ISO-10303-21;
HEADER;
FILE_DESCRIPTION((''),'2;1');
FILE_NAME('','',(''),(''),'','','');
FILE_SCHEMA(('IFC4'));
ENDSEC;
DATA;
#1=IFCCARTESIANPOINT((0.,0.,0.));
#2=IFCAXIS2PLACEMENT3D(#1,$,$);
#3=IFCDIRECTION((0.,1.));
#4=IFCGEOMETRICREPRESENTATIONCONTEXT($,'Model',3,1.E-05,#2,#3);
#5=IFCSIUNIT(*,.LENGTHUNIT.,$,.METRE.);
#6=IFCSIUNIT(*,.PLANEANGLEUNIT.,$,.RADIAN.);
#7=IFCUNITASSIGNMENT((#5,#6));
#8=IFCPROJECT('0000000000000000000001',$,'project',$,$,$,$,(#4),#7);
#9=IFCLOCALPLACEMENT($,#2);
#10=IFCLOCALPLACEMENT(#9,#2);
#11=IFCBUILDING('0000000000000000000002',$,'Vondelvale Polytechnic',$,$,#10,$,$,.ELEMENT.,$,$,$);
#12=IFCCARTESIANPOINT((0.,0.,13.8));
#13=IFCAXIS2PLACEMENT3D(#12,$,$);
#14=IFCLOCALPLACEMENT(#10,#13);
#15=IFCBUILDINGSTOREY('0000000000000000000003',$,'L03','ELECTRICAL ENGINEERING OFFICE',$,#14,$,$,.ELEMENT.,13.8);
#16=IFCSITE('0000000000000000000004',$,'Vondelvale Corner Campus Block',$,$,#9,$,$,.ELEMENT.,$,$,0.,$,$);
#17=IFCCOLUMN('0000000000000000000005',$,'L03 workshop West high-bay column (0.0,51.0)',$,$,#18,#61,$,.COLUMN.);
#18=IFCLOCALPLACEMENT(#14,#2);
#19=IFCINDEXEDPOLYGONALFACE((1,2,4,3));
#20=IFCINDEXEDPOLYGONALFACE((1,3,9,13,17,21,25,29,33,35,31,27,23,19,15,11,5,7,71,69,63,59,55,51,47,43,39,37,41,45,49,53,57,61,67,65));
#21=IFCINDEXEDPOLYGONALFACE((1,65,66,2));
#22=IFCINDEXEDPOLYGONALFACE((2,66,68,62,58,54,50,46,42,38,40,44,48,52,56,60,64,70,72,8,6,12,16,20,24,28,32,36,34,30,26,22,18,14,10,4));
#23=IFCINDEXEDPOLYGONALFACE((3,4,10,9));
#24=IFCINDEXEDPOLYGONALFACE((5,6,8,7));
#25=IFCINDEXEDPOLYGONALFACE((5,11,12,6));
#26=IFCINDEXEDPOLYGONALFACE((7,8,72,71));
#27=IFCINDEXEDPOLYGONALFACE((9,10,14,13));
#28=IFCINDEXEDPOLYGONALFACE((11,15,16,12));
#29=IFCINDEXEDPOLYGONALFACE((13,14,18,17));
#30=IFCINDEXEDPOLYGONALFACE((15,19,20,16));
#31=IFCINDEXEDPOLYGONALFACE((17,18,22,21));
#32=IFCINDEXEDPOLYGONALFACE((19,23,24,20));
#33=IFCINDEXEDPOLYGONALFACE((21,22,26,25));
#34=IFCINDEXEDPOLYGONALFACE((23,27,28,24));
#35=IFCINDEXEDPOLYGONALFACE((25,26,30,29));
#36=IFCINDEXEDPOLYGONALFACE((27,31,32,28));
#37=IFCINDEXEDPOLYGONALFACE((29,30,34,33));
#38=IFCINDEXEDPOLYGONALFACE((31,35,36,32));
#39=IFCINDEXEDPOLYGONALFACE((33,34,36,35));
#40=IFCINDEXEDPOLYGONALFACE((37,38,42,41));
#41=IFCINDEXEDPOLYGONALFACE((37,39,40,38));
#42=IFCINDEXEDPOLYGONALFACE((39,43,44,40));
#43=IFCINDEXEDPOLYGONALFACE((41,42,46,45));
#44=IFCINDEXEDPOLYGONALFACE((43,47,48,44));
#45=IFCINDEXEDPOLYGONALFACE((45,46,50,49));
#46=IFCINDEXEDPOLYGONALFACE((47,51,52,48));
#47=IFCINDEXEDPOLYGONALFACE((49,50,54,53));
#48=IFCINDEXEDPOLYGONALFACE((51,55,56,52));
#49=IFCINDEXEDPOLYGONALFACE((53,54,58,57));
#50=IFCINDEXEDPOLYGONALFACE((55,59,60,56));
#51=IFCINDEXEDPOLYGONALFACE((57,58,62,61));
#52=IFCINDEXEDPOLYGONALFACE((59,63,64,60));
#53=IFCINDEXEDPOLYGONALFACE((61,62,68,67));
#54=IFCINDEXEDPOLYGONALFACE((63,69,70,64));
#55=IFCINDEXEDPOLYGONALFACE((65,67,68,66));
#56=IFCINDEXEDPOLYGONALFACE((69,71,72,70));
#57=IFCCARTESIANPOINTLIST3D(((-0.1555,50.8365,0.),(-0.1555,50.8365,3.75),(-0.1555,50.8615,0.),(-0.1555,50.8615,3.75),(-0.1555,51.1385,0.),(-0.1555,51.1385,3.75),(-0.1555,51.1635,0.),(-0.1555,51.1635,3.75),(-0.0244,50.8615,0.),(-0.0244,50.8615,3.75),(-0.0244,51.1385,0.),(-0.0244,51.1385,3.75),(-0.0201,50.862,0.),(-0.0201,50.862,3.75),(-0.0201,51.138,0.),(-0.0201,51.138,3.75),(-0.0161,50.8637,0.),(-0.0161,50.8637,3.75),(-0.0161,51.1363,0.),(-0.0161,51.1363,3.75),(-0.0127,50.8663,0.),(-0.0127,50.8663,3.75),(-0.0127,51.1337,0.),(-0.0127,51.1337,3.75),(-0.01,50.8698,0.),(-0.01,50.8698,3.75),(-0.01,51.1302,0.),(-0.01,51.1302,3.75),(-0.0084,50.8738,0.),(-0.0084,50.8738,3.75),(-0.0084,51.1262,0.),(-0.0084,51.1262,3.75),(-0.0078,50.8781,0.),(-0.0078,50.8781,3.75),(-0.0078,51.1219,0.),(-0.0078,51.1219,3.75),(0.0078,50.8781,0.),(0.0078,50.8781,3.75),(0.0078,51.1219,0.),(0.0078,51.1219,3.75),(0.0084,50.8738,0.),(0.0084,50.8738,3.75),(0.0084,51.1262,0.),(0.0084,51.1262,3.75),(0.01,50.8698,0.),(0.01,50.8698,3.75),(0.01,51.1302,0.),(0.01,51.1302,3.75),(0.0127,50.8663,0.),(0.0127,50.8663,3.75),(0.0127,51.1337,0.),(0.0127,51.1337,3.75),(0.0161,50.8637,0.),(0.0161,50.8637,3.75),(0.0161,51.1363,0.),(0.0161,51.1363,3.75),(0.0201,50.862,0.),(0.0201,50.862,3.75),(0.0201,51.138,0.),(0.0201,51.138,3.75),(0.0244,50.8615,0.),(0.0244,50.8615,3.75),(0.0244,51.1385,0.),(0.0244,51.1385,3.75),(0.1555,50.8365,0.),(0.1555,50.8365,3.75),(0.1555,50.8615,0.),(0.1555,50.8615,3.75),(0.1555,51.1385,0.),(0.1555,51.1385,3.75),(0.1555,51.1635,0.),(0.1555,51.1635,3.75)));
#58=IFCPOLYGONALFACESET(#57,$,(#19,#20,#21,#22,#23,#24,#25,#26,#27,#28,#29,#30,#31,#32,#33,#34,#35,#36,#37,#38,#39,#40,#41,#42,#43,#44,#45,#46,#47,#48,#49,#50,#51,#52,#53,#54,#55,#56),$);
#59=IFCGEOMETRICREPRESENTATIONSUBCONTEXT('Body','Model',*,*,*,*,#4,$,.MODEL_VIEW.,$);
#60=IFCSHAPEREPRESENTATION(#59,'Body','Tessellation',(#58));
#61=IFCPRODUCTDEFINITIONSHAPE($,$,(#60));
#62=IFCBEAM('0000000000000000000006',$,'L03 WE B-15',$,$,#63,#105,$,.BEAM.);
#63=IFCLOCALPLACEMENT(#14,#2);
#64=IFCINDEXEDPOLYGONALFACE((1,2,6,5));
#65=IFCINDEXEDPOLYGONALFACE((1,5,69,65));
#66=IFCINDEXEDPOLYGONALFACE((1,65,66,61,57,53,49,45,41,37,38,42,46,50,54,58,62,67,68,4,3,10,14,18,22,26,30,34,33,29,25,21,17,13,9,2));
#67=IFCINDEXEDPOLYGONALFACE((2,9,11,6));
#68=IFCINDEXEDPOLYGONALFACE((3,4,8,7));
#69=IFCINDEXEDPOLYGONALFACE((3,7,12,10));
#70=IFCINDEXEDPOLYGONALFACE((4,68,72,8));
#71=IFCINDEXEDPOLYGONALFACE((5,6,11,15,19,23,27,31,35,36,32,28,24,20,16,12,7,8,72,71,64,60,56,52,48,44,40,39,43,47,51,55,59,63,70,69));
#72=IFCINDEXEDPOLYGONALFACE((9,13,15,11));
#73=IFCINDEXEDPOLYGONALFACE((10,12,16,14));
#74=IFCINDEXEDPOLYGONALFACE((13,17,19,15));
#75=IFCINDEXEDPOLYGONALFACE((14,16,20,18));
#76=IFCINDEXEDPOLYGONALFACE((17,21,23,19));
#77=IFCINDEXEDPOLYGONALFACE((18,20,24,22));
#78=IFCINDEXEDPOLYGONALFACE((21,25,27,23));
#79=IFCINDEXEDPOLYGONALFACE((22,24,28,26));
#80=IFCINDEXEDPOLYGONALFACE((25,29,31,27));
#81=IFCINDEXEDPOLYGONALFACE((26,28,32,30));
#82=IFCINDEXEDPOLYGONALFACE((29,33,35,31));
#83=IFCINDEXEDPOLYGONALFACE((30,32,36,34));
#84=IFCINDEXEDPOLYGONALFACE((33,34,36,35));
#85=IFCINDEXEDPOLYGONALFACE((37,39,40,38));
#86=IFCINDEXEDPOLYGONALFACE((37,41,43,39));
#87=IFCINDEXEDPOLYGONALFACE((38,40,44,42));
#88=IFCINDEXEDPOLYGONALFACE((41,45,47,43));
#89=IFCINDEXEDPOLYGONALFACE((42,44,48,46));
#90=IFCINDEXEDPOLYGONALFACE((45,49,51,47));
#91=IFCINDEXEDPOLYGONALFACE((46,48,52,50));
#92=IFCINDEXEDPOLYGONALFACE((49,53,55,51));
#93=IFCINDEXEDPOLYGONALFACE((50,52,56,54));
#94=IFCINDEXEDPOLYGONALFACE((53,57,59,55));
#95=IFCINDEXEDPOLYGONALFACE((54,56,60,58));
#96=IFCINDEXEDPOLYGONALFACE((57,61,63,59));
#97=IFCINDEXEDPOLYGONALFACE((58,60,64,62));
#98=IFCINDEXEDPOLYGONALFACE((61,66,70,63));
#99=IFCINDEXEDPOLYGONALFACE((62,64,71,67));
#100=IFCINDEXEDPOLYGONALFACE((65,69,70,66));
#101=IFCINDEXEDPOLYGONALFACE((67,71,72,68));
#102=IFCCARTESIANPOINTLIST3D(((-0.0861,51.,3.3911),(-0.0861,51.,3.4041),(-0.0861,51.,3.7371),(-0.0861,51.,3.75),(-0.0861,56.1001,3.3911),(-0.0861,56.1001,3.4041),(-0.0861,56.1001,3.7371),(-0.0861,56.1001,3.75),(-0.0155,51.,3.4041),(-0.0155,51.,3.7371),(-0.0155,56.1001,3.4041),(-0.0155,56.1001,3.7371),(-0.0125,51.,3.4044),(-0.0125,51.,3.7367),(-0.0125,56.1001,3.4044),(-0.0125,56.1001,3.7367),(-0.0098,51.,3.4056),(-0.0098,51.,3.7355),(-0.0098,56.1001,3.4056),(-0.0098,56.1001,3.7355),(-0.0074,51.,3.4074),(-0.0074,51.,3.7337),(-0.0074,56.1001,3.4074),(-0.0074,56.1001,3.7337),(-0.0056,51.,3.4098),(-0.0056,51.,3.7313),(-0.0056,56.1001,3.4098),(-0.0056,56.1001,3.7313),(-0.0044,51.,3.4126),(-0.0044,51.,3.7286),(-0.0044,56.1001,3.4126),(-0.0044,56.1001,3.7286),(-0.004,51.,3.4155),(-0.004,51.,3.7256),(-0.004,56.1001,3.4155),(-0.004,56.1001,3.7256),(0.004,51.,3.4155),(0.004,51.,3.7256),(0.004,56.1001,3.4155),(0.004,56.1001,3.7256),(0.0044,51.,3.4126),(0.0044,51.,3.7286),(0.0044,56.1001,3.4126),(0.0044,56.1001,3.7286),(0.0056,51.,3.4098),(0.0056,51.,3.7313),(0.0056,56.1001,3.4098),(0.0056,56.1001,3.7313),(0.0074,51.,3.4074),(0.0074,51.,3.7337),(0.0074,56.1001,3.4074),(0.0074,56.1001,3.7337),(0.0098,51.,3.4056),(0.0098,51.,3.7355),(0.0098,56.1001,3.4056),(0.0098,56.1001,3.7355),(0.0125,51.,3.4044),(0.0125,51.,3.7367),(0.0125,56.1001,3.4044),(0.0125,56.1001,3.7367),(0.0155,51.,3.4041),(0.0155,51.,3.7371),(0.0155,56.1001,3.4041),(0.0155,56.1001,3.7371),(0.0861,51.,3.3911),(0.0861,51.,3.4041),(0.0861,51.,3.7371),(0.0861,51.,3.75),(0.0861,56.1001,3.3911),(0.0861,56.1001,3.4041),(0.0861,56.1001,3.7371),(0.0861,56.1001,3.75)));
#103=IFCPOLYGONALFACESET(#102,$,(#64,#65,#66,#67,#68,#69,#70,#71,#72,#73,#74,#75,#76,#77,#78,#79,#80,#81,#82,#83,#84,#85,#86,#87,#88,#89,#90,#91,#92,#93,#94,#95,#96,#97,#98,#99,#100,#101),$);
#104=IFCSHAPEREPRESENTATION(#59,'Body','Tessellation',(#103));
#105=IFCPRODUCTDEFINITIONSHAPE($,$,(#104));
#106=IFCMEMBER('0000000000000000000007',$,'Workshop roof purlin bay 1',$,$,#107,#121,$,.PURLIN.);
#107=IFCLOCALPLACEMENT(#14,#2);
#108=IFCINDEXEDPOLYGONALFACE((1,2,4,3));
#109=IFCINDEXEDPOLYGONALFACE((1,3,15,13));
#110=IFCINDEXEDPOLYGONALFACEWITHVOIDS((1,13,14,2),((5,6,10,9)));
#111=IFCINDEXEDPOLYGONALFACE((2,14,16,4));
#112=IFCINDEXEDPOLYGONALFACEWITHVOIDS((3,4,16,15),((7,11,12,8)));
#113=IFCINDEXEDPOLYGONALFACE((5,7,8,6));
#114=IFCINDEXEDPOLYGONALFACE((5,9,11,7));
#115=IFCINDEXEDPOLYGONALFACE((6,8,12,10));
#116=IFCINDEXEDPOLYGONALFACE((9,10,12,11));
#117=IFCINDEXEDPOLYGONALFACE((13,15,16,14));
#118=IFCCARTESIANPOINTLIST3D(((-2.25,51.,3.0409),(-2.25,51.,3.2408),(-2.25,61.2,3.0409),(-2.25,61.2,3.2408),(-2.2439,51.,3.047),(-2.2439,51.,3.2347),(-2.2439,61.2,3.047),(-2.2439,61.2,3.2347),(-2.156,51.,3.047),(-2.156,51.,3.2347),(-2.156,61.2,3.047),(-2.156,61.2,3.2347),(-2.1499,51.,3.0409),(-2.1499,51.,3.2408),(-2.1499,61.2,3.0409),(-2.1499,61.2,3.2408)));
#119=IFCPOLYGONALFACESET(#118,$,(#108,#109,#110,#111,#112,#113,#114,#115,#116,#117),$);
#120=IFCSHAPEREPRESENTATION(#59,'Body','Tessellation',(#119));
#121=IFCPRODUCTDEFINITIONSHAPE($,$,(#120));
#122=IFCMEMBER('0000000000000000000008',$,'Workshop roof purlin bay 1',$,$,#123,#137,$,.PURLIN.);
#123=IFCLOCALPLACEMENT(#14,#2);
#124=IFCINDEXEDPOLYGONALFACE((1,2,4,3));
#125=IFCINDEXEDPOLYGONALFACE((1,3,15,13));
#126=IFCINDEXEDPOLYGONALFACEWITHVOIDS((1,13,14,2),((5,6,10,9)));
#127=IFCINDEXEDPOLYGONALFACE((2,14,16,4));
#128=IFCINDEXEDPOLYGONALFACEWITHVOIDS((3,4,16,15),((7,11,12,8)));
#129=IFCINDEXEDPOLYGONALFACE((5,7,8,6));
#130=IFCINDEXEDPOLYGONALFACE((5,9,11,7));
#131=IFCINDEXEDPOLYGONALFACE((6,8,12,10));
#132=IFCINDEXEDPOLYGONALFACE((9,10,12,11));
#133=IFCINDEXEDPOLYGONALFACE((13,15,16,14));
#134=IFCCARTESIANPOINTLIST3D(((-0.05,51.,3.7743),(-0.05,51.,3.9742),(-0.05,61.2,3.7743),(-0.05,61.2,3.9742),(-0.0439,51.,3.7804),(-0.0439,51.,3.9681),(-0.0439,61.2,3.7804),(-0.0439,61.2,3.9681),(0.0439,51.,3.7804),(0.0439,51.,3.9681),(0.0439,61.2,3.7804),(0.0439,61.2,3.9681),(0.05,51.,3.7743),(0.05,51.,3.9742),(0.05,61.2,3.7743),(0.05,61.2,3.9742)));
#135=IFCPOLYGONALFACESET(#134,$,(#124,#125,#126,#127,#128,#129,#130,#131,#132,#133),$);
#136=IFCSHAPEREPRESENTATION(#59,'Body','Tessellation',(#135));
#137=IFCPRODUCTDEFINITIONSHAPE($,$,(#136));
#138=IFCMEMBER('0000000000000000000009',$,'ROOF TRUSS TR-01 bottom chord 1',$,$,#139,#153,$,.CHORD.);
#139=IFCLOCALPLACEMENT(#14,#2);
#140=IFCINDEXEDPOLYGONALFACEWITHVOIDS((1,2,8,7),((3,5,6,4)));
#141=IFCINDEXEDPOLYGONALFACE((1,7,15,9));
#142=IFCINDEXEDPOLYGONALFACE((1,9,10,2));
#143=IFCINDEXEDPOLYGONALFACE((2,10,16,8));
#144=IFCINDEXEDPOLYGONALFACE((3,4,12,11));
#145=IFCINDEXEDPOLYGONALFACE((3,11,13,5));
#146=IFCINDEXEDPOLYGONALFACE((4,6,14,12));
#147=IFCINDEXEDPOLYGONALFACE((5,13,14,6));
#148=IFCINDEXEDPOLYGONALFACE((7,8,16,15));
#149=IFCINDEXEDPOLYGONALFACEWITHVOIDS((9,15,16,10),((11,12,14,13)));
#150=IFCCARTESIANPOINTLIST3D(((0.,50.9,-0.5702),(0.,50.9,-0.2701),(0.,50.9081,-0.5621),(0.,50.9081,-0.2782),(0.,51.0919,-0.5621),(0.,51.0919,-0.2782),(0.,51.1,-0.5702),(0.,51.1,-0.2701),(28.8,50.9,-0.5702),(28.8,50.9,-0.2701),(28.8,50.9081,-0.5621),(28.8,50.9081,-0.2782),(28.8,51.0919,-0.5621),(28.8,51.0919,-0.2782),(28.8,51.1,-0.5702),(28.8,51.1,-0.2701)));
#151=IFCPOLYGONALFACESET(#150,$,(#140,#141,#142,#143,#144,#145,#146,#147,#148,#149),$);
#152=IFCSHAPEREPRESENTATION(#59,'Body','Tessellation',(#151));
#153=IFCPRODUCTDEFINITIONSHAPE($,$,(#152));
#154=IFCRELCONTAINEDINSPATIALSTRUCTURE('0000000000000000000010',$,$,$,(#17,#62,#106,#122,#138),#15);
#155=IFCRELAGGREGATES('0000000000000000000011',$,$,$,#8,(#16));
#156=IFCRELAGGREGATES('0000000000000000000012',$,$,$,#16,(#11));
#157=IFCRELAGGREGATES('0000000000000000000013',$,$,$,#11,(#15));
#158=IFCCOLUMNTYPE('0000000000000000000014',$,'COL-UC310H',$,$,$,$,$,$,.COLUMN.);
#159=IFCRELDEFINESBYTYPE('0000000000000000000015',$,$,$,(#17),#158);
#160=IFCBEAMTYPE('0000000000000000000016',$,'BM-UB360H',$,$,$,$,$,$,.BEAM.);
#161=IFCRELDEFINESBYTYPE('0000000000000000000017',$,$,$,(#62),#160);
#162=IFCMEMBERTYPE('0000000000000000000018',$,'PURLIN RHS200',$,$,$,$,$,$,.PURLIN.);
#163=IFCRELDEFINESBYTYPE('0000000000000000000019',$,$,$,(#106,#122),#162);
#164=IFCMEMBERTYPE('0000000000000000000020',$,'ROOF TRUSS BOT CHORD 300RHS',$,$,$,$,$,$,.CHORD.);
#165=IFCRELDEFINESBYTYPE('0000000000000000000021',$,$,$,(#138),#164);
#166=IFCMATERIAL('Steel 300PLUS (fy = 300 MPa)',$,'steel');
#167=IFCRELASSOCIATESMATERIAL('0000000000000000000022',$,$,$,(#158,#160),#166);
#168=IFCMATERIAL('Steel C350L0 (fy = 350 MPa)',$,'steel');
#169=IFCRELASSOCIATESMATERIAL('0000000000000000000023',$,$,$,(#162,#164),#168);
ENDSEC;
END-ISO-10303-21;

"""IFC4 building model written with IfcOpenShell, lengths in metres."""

from ifc_helpers import new_model, si_unit, direction, frame, origin, origin_2d, place, context, subcontext, project, spatial, hollow_rectangle, i_section, extrude, material, material_profile, profile_set, type_object, element, save


model = new_model("IFC4")

# Units and contexts
model_context = context("Model", 3, precision=1e-05, world=origin(), true_north=direction((0.0, 1.0)))
body_context = subcontext(model_context, "Body", "Model", "MODEL_VIEW")
ifc_project = project(units=[si_unit("LENGTHUNIT", "METRE"), si_unit("PLANEANGLEUNIT", "RADIAN")], contexts=[model_context])

# Site, building, storey
site_placement = place(None, origin())
site = spatial("IfcSite", under=ifc_project, at=site_placement, Name="Vondelvale Corner Campus Block", CompositionType="ELEMENT", RefElevation=0.0)
building_placement = place(site_placement, origin())
building = spatial("IfcBuilding", under=site, at=building_placement, Name="Vondelvale Polytechnic", CompositionType="ELEMENT")
storey_placement = place(building_placement, frame((0.0, 0.0, 13.8)))
storey = spatial("IfcBuildingStorey", under=building, at=storey_placement, Name="L03", Description="ELECTRICAL ENGINEERING OFFICE", CompositionType="ELEMENT", Elevation=13.8)

# Column
ifc_material_1 = material(Name="Steel 300PLUS (fy = 300 MPa)", Category="steel")
ifc_material_profile_1 = material_profile(ifc_material_1, i_section(OverallWidth=0.311, OverallDepth=0.3269, WebThickness=0.0156, FlangeThickness=0.0249, FilletRadius=0.0166, at=origin_2d()), Name="310UC158")
ifc_profile_set_1 = profile_set([ifc_material_profile_1], Name="Steel 300PLUS (fy = 300 MPa)")
column_type = type_object("IfcColumnType", Name="COL-UC310H", PredefinedType="COLUMN", material=ifc_profile_set_1)
column_placement = place(storey_placement, frame((0.0, 51.0, 0.0), z_axis=(0.0, 0.0, 1.0), x_axis=(1.0, 0.0, 0.0)))
element("IfcColumn", 1, at=column_placement, inside=storey, type_object=column_type, Name="L03 workshop West high-bay column (0.0,51.0)", PredefinedType="COLUMN", context=body_context, shape_type="SweptSolid", body=[
    extrude(i_section(OverallWidth=0.311, OverallDepth=0.3269, WebThickness=0.0156, FlangeThickness=0.0249, FilletRadius=0.0166, at=origin_2d()), origin(), (0.0, 0.0, 1.0), 3.75),
])

# Beam
ifc_material_profile_2 = material_profile(ifc_material_1, i_section(OverallWidth=0.1721, OverallDepth=0.3589, WebThickness=0.0081, FlangeThickness=0.0129, FilletRadius=0.0115, at=origin_2d()), Name="360UB56.7")
ifc_profile_set_2 = profile_set([ifc_material_profile_2], Name="Steel 300PLUS (fy = 300 MPa)")
beam_type = type_object("IfcBeamType", Name="BM-UB360H", PredefinedType="BEAM", material=ifc_profile_set_2)
beam_placement = place(storey_placement, frame((0.0, 51.0, 3.5706), z_axis=(0.0, 1.0, 0.0), x_axis=(-1.0, 0.0, 0.0)))
element("IfcBeam", 2, at=beam_placement, inside=storey, type_object=beam_type, Name="L03 WE B-15", PredefinedType="BEAM", context=body_context, shape_type="SweptSolid", body=[
    extrude(i_section(OverallWidth=0.1721, OverallDepth=0.3589, WebThickness=0.0081, FlangeThickness=0.0129, FilletRadius=0.0115, at=origin_2d()), origin(), (0.0, 0.0, 1.0), 5.1001),
])

# Members
ifc_material_2 = material(Name="Steel C350L0 (fy = 350 MPa)", Category="steel")
ifc_material_profile_3 = material_profile(ifc_material_2, hollow_rectangle(XDim=0.1001, YDim=0.2, WallThickness=0.0061, at=origin_2d()), Name="200x100x6.0RHS")
ifc_profile_set_3 = profile_set([ifc_material_profile_3], Name="Steel C350L0 (fy = 350 MPa)")
member_type_1 = type_object("IfcMemberType", Name="PURLIN RHS200", PredefinedType="PURLIN", material=ifc_profile_set_3)
for number, where, z_axis, x_axis, name in (
    (3, (-2.2, 51.0, 3.1409), (0.0, 1.0, 0.0), (-1.0, 0.0, 0.0), "Workshop roof purlin bay 1"),
    (4, (0.0, 51.0, 3.8743), (0.0, 1.0, 0.0), (-1.0, 0.0, 0.0), "Workshop roof purlin bay 1"),
):
    element("IfcMember", number, at=place(storey_placement, frame(where, z_axis=z_axis, x_axis=x_axis)), inside=storey, type_object=member_type_1, Name=name, PredefinedType="PURLIN", context=body_context, shape_type="SweptSolid", body=[
        extrude(hollow_rectangle(XDim=0.1001, YDim=0.2, WallThickness=0.0061, at=origin_2d()), origin(), (0.0, 0.0, 1.0), 10.2),
    ])
ifc_material_profile_4 = material_profile(ifc_material_2, hollow_rectangle(XDim=0.2, YDim=0.3, WallThickness=0.0081, at=origin_2d()), Name="300x200x8.0RHS")
ifc_profile_set_4 = profile_set([ifc_material_profile_4], Name="Steel C350L0 (fy = 350 MPa)")
member_type_2 = type_object("IfcMemberType", Name="ROOF TRUSS BOT CHORD 300RHS", PredefinedType="CHORD", material=ifc_profile_set_4)
member_1_placement = place(storey_placement, frame((0.0, 51.0, -0.4202), z_axis=(1.0, 0.0, 0.0), x_axis=(0.0, 1.0, 0.0)))
element("IfcMember", 5, at=member_1_placement, inside=storey, type_object=member_type_2, Name="ROOF TRUSS TR-01 bottom chord 1", PredefinedType="CHORD", context=body_context, shape_type="SweptSolid", body=[
    extrude(hollow_rectangle(XDim=0.2, YDim=0.3, WallThickness=0.0081, at=origin_2d()), origin(), (0.0, 0.0, 1.0), 28.8),
])

save(model, "model.ifc")
